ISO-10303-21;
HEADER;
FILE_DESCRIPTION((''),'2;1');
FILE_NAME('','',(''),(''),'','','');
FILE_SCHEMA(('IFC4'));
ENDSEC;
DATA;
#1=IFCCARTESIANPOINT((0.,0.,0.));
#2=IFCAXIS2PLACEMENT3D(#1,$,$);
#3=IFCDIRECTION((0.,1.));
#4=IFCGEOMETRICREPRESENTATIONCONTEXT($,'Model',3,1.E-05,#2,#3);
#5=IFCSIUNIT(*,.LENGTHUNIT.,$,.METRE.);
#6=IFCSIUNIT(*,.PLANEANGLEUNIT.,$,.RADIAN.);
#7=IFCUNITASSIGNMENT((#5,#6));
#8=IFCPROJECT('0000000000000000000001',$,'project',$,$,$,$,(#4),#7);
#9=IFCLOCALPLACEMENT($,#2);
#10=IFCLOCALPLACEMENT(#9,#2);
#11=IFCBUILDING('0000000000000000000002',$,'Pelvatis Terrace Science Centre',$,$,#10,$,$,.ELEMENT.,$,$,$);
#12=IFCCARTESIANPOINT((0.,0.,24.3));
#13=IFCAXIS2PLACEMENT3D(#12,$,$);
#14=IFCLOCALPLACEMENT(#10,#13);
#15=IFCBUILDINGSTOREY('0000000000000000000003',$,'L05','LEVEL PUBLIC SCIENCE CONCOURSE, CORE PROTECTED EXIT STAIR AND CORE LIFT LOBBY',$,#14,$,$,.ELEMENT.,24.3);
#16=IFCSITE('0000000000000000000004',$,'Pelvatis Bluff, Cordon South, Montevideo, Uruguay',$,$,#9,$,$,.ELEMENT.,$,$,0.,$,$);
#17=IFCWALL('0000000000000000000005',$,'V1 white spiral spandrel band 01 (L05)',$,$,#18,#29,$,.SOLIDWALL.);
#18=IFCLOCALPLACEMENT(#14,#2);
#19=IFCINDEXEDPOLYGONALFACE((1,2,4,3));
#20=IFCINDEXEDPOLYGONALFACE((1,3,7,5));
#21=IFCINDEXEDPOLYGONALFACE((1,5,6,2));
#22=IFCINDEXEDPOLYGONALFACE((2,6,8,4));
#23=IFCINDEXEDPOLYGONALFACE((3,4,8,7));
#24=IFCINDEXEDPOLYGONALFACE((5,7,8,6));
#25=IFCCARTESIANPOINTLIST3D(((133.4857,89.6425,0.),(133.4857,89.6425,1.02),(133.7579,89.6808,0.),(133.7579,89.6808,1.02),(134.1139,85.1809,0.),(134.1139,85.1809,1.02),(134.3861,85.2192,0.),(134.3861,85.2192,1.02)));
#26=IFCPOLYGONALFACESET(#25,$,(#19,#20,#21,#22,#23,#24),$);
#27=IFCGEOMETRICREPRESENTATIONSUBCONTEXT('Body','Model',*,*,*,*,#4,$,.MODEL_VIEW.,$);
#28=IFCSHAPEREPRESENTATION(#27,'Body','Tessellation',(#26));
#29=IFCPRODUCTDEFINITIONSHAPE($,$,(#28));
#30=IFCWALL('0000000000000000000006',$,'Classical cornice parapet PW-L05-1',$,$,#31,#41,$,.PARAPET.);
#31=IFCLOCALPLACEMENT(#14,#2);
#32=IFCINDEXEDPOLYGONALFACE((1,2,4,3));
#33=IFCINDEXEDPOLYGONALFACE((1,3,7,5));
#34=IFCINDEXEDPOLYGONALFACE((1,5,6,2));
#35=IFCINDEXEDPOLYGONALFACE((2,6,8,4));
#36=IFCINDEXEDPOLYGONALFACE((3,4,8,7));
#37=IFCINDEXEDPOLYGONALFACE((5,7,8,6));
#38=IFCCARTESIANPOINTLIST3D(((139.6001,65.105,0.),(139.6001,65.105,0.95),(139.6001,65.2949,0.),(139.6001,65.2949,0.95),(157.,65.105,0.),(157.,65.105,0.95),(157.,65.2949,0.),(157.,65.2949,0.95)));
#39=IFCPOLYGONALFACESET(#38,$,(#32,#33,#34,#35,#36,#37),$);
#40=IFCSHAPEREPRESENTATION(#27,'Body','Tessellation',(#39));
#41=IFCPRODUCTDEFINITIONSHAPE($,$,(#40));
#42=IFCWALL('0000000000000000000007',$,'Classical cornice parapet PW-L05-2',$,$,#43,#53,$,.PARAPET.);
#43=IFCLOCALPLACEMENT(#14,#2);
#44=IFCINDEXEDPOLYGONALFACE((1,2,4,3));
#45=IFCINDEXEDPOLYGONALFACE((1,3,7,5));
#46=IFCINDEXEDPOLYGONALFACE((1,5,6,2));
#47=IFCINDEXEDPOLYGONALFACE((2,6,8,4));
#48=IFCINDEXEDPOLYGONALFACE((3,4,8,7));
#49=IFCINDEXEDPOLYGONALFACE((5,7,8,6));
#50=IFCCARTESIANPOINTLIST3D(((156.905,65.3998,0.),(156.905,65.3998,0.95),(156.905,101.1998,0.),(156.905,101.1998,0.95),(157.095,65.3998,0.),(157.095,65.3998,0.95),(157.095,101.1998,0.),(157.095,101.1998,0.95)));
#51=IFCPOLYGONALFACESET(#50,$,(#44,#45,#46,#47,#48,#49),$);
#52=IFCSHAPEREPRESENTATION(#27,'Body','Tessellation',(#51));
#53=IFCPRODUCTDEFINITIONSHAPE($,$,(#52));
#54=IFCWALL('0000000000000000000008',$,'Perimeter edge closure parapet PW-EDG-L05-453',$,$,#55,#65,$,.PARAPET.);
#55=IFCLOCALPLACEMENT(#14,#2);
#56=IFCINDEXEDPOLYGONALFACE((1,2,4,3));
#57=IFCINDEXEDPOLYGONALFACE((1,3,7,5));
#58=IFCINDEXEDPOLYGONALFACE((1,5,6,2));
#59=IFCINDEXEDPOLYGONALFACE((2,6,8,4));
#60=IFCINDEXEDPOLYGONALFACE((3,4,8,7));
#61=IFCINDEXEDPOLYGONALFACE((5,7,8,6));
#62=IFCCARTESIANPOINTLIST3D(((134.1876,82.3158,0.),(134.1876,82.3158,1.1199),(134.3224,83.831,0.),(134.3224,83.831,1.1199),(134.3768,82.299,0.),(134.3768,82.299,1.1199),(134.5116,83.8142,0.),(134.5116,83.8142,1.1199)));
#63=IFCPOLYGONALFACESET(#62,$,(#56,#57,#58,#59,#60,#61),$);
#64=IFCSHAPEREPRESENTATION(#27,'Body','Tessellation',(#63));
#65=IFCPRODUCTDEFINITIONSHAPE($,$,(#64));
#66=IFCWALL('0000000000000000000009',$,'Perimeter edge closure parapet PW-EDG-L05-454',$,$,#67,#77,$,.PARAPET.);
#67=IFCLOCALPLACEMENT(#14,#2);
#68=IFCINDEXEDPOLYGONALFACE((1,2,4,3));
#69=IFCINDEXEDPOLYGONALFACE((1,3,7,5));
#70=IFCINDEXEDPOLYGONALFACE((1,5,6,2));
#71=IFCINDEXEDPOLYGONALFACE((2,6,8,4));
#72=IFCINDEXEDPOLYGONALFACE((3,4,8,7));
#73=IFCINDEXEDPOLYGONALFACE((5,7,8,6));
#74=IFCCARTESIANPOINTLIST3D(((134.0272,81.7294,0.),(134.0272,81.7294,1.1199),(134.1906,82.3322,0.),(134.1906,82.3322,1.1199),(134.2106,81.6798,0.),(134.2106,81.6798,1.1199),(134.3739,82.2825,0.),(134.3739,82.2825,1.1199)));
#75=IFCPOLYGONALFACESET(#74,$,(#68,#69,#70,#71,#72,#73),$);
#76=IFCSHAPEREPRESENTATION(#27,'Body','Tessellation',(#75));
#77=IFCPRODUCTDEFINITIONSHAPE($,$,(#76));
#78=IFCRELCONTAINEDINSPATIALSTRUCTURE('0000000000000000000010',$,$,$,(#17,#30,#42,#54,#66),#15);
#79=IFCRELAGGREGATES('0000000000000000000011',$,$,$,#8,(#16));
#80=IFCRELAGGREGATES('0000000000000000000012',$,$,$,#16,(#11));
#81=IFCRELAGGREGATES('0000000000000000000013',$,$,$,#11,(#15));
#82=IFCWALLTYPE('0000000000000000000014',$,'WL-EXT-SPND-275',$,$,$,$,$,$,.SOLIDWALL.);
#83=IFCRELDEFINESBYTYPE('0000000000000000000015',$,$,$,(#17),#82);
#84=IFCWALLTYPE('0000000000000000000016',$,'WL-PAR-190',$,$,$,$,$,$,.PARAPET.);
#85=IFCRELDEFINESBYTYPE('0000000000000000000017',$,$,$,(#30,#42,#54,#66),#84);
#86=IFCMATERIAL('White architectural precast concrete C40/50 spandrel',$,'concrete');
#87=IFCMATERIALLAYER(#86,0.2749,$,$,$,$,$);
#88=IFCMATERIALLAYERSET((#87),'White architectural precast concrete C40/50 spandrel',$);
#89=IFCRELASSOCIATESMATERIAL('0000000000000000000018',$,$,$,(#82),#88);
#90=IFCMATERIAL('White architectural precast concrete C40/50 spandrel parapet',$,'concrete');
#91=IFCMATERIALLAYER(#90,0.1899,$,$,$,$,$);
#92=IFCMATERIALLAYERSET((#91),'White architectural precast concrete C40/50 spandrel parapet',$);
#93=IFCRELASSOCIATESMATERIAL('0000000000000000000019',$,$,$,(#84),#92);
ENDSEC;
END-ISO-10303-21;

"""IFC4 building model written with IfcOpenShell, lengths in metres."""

from ifc_helpers import new_model, si_unit, direction, frame, frame_2d, origin, place, context, subcontext, project, spatial, rectangle, extrude, material, layer, layer_set, type_object, element, save


model = new_model("IFC4")

# Units and contexts
model_context = context("Model", 3, precision=1e-05, world=origin(), true_north=direction((0.0, 1.0)))
body_context = subcontext(model_context, "Body", "Model", "MODEL_VIEW")
ifc_project = project(units=[si_unit("LENGTHUNIT", "METRE"), si_unit("PLANEANGLEUNIT", "RADIAN")], contexts=[model_context])

# Site, building, storey
site_placement = place(None, origin())
site = spatial("IfcSite", under=ifc_project, at=site_placement, Name="Pelvatis Bluff, Cordon South, Montevideo, Uruguay", CompositionType="ELEMENT", RefElevation=0.0)
building_placement = place(site_placement, origin())
building = spatial("IfcBuilding", under=site, at=building_placement, Name="Pelvatis Terrace Science Centre", CompositionType="ELEMENT")
storey_placement = place(building_placement, frame((0.0, 0.0, 24.3)))
storey = spatial("IfcBuildingStorey", under=building, at=storey_placement, Name="L05", Description="LEVEL PUBLIC SCIENCE CONCOURSE, CORE PROTECTED EXIT STAIR AND CORE LIFT LOBBY", CompositionType="ELEMENT", Elevation=24.3)

# Walls
ifc_material_1 = material(Name="White architectural precast concrete C40/50 spandrel", Category="concrete")
ifc_layer_1 = layer(ifc_material_1, 0.2749)
ifc_layer_set_1 = layer_set([ifc_layer_1], Name="White architectural precast concrete C40/50 spandrel")
wall_type_1 = type_object("IfcWallType", Name="WL-EXT-SPND-275", PredefinedType="SOLIDWALL", material=ifc_layer_set_1)
wall_1_placement = place(storey_placement, frame((134.25, 85.2, 0.0), z_axis=(0.0, 0.0, 1.0), x_axis=(-0.139418, 0.990234, 0.0)))
element("IfcWall", 1, at=wall_1_placement, inside=storey, type_object=wall_type_1, Name="V1 white spiral spandrel band 01 (L05)", PredefinedType="SOLIDWALL", context=body_context, shape_type="SweptSolid", body=[
    extrude(rectangle(XDim=4.5056, YDim=0.2749, at=frame_2d((2.2529, 0.0))), origin(), (0.0, 0.0, 1.0), 1.02),
])
ifc_material_2 = material(Name="White architectural precast concrete C40/50 spandrel parapet", Category="concrete")
ifc_layer_2 = layer(ifc_material_2, 0.1899)
ifc_layer_set_2 = layer_set([ifc_layer_2], Name="White architectural precast concrete C40/50 spandrel parapet")
wall_type_2 = type_object("IfcWallType", Name="WL-PAR-190", PredefinedType="PARAPET", material=ifc_layer_set_2)
wall_2_placement = place(storey_placement, frame((139.6001, 65.2, 0.0), z_axis=(0.0, 0.0, 1.0), x_axis=(1.0, 0.0, 0.0)))
element("IfcWall", 2, at=wall_2_placement, inside=storey, type_object=wall_type_2, Name="Classical cornice parapet PW-L05-1", PredefinedType="PARAPET", context=body_context, shape_type="SweptSolid", body=[
    extrude(rectangle(XDim=17.3999, YDim=0.1899, at=frame_2d((8.7, 0.0))), origin(), (0.0, 0.0, 1.0), 0.95),
])
wall_3_placement = place(storey_placement, frame((157.0, 65.3999, 0.0), z_axis=(0.0, 0.0, 1.0), x_axis=(0.0, 1.0, 0.0)))
element("IfcWall", 3, at=wall_3_placement, inside=storey, type_object=wall_type_2, Name="Classical cornice parapet PW-L05-2", PredefinedType="PARAPET", context=body_context, shape_type="SweptSolid", body=[
    extrude(rectangle(XDim=35.8, YDim=0.1899, at=frame_2d((17.8999, 0.0))), origin(), (0.0, 0.0, 1.0), 0.95),
])
wall_4_placement = place(storey_placement, frame((134.417, 83.8228, 0.0), z_axis=(0.0, 0.0, 1.0), x_axis=(-0.088582, -0.996069, 0.0)))
element("IfcWall", 4, at=wall_4_placement, inside=storey, type_object=wall_type_2, Name="Perimeter edge closure parapet PW-EDG-L05-453", PredefinedType="PARAPET", context=body_context, shape_type="SweptSolid", body=[
    extrude(rectangle(XDim=1.5212, YDim=0.1899, at=frame_2d((0.7607, 0.0))), origin(), (0.0, 0.0, 1.0), 1.1199),
])
wall_5_placement = place(storey_placement, frame((134.2822, 82.3074, 0.0), z_axis=(0.0, 0.0, 1.0), x_axis=(-0.261529, -0.965196, 0.0)))
element("IfcWall", 5, at=wall_5_placement, inside=storey, type_object=wall_type_2, Name="Perimeter edge closure parapet PW-EDG-L05-454", PredefinedType="PARAPET", context=body_context, shape_type="SweptSolid", body=[
    extrude(rectangle(XDim=0.6245, YDim=0.1899, at=frame_2d((0.3123, 0.0))), origin(), (0.0, 0.0, 1.0), 1.1199),
])

save(model, "model.ifc")
